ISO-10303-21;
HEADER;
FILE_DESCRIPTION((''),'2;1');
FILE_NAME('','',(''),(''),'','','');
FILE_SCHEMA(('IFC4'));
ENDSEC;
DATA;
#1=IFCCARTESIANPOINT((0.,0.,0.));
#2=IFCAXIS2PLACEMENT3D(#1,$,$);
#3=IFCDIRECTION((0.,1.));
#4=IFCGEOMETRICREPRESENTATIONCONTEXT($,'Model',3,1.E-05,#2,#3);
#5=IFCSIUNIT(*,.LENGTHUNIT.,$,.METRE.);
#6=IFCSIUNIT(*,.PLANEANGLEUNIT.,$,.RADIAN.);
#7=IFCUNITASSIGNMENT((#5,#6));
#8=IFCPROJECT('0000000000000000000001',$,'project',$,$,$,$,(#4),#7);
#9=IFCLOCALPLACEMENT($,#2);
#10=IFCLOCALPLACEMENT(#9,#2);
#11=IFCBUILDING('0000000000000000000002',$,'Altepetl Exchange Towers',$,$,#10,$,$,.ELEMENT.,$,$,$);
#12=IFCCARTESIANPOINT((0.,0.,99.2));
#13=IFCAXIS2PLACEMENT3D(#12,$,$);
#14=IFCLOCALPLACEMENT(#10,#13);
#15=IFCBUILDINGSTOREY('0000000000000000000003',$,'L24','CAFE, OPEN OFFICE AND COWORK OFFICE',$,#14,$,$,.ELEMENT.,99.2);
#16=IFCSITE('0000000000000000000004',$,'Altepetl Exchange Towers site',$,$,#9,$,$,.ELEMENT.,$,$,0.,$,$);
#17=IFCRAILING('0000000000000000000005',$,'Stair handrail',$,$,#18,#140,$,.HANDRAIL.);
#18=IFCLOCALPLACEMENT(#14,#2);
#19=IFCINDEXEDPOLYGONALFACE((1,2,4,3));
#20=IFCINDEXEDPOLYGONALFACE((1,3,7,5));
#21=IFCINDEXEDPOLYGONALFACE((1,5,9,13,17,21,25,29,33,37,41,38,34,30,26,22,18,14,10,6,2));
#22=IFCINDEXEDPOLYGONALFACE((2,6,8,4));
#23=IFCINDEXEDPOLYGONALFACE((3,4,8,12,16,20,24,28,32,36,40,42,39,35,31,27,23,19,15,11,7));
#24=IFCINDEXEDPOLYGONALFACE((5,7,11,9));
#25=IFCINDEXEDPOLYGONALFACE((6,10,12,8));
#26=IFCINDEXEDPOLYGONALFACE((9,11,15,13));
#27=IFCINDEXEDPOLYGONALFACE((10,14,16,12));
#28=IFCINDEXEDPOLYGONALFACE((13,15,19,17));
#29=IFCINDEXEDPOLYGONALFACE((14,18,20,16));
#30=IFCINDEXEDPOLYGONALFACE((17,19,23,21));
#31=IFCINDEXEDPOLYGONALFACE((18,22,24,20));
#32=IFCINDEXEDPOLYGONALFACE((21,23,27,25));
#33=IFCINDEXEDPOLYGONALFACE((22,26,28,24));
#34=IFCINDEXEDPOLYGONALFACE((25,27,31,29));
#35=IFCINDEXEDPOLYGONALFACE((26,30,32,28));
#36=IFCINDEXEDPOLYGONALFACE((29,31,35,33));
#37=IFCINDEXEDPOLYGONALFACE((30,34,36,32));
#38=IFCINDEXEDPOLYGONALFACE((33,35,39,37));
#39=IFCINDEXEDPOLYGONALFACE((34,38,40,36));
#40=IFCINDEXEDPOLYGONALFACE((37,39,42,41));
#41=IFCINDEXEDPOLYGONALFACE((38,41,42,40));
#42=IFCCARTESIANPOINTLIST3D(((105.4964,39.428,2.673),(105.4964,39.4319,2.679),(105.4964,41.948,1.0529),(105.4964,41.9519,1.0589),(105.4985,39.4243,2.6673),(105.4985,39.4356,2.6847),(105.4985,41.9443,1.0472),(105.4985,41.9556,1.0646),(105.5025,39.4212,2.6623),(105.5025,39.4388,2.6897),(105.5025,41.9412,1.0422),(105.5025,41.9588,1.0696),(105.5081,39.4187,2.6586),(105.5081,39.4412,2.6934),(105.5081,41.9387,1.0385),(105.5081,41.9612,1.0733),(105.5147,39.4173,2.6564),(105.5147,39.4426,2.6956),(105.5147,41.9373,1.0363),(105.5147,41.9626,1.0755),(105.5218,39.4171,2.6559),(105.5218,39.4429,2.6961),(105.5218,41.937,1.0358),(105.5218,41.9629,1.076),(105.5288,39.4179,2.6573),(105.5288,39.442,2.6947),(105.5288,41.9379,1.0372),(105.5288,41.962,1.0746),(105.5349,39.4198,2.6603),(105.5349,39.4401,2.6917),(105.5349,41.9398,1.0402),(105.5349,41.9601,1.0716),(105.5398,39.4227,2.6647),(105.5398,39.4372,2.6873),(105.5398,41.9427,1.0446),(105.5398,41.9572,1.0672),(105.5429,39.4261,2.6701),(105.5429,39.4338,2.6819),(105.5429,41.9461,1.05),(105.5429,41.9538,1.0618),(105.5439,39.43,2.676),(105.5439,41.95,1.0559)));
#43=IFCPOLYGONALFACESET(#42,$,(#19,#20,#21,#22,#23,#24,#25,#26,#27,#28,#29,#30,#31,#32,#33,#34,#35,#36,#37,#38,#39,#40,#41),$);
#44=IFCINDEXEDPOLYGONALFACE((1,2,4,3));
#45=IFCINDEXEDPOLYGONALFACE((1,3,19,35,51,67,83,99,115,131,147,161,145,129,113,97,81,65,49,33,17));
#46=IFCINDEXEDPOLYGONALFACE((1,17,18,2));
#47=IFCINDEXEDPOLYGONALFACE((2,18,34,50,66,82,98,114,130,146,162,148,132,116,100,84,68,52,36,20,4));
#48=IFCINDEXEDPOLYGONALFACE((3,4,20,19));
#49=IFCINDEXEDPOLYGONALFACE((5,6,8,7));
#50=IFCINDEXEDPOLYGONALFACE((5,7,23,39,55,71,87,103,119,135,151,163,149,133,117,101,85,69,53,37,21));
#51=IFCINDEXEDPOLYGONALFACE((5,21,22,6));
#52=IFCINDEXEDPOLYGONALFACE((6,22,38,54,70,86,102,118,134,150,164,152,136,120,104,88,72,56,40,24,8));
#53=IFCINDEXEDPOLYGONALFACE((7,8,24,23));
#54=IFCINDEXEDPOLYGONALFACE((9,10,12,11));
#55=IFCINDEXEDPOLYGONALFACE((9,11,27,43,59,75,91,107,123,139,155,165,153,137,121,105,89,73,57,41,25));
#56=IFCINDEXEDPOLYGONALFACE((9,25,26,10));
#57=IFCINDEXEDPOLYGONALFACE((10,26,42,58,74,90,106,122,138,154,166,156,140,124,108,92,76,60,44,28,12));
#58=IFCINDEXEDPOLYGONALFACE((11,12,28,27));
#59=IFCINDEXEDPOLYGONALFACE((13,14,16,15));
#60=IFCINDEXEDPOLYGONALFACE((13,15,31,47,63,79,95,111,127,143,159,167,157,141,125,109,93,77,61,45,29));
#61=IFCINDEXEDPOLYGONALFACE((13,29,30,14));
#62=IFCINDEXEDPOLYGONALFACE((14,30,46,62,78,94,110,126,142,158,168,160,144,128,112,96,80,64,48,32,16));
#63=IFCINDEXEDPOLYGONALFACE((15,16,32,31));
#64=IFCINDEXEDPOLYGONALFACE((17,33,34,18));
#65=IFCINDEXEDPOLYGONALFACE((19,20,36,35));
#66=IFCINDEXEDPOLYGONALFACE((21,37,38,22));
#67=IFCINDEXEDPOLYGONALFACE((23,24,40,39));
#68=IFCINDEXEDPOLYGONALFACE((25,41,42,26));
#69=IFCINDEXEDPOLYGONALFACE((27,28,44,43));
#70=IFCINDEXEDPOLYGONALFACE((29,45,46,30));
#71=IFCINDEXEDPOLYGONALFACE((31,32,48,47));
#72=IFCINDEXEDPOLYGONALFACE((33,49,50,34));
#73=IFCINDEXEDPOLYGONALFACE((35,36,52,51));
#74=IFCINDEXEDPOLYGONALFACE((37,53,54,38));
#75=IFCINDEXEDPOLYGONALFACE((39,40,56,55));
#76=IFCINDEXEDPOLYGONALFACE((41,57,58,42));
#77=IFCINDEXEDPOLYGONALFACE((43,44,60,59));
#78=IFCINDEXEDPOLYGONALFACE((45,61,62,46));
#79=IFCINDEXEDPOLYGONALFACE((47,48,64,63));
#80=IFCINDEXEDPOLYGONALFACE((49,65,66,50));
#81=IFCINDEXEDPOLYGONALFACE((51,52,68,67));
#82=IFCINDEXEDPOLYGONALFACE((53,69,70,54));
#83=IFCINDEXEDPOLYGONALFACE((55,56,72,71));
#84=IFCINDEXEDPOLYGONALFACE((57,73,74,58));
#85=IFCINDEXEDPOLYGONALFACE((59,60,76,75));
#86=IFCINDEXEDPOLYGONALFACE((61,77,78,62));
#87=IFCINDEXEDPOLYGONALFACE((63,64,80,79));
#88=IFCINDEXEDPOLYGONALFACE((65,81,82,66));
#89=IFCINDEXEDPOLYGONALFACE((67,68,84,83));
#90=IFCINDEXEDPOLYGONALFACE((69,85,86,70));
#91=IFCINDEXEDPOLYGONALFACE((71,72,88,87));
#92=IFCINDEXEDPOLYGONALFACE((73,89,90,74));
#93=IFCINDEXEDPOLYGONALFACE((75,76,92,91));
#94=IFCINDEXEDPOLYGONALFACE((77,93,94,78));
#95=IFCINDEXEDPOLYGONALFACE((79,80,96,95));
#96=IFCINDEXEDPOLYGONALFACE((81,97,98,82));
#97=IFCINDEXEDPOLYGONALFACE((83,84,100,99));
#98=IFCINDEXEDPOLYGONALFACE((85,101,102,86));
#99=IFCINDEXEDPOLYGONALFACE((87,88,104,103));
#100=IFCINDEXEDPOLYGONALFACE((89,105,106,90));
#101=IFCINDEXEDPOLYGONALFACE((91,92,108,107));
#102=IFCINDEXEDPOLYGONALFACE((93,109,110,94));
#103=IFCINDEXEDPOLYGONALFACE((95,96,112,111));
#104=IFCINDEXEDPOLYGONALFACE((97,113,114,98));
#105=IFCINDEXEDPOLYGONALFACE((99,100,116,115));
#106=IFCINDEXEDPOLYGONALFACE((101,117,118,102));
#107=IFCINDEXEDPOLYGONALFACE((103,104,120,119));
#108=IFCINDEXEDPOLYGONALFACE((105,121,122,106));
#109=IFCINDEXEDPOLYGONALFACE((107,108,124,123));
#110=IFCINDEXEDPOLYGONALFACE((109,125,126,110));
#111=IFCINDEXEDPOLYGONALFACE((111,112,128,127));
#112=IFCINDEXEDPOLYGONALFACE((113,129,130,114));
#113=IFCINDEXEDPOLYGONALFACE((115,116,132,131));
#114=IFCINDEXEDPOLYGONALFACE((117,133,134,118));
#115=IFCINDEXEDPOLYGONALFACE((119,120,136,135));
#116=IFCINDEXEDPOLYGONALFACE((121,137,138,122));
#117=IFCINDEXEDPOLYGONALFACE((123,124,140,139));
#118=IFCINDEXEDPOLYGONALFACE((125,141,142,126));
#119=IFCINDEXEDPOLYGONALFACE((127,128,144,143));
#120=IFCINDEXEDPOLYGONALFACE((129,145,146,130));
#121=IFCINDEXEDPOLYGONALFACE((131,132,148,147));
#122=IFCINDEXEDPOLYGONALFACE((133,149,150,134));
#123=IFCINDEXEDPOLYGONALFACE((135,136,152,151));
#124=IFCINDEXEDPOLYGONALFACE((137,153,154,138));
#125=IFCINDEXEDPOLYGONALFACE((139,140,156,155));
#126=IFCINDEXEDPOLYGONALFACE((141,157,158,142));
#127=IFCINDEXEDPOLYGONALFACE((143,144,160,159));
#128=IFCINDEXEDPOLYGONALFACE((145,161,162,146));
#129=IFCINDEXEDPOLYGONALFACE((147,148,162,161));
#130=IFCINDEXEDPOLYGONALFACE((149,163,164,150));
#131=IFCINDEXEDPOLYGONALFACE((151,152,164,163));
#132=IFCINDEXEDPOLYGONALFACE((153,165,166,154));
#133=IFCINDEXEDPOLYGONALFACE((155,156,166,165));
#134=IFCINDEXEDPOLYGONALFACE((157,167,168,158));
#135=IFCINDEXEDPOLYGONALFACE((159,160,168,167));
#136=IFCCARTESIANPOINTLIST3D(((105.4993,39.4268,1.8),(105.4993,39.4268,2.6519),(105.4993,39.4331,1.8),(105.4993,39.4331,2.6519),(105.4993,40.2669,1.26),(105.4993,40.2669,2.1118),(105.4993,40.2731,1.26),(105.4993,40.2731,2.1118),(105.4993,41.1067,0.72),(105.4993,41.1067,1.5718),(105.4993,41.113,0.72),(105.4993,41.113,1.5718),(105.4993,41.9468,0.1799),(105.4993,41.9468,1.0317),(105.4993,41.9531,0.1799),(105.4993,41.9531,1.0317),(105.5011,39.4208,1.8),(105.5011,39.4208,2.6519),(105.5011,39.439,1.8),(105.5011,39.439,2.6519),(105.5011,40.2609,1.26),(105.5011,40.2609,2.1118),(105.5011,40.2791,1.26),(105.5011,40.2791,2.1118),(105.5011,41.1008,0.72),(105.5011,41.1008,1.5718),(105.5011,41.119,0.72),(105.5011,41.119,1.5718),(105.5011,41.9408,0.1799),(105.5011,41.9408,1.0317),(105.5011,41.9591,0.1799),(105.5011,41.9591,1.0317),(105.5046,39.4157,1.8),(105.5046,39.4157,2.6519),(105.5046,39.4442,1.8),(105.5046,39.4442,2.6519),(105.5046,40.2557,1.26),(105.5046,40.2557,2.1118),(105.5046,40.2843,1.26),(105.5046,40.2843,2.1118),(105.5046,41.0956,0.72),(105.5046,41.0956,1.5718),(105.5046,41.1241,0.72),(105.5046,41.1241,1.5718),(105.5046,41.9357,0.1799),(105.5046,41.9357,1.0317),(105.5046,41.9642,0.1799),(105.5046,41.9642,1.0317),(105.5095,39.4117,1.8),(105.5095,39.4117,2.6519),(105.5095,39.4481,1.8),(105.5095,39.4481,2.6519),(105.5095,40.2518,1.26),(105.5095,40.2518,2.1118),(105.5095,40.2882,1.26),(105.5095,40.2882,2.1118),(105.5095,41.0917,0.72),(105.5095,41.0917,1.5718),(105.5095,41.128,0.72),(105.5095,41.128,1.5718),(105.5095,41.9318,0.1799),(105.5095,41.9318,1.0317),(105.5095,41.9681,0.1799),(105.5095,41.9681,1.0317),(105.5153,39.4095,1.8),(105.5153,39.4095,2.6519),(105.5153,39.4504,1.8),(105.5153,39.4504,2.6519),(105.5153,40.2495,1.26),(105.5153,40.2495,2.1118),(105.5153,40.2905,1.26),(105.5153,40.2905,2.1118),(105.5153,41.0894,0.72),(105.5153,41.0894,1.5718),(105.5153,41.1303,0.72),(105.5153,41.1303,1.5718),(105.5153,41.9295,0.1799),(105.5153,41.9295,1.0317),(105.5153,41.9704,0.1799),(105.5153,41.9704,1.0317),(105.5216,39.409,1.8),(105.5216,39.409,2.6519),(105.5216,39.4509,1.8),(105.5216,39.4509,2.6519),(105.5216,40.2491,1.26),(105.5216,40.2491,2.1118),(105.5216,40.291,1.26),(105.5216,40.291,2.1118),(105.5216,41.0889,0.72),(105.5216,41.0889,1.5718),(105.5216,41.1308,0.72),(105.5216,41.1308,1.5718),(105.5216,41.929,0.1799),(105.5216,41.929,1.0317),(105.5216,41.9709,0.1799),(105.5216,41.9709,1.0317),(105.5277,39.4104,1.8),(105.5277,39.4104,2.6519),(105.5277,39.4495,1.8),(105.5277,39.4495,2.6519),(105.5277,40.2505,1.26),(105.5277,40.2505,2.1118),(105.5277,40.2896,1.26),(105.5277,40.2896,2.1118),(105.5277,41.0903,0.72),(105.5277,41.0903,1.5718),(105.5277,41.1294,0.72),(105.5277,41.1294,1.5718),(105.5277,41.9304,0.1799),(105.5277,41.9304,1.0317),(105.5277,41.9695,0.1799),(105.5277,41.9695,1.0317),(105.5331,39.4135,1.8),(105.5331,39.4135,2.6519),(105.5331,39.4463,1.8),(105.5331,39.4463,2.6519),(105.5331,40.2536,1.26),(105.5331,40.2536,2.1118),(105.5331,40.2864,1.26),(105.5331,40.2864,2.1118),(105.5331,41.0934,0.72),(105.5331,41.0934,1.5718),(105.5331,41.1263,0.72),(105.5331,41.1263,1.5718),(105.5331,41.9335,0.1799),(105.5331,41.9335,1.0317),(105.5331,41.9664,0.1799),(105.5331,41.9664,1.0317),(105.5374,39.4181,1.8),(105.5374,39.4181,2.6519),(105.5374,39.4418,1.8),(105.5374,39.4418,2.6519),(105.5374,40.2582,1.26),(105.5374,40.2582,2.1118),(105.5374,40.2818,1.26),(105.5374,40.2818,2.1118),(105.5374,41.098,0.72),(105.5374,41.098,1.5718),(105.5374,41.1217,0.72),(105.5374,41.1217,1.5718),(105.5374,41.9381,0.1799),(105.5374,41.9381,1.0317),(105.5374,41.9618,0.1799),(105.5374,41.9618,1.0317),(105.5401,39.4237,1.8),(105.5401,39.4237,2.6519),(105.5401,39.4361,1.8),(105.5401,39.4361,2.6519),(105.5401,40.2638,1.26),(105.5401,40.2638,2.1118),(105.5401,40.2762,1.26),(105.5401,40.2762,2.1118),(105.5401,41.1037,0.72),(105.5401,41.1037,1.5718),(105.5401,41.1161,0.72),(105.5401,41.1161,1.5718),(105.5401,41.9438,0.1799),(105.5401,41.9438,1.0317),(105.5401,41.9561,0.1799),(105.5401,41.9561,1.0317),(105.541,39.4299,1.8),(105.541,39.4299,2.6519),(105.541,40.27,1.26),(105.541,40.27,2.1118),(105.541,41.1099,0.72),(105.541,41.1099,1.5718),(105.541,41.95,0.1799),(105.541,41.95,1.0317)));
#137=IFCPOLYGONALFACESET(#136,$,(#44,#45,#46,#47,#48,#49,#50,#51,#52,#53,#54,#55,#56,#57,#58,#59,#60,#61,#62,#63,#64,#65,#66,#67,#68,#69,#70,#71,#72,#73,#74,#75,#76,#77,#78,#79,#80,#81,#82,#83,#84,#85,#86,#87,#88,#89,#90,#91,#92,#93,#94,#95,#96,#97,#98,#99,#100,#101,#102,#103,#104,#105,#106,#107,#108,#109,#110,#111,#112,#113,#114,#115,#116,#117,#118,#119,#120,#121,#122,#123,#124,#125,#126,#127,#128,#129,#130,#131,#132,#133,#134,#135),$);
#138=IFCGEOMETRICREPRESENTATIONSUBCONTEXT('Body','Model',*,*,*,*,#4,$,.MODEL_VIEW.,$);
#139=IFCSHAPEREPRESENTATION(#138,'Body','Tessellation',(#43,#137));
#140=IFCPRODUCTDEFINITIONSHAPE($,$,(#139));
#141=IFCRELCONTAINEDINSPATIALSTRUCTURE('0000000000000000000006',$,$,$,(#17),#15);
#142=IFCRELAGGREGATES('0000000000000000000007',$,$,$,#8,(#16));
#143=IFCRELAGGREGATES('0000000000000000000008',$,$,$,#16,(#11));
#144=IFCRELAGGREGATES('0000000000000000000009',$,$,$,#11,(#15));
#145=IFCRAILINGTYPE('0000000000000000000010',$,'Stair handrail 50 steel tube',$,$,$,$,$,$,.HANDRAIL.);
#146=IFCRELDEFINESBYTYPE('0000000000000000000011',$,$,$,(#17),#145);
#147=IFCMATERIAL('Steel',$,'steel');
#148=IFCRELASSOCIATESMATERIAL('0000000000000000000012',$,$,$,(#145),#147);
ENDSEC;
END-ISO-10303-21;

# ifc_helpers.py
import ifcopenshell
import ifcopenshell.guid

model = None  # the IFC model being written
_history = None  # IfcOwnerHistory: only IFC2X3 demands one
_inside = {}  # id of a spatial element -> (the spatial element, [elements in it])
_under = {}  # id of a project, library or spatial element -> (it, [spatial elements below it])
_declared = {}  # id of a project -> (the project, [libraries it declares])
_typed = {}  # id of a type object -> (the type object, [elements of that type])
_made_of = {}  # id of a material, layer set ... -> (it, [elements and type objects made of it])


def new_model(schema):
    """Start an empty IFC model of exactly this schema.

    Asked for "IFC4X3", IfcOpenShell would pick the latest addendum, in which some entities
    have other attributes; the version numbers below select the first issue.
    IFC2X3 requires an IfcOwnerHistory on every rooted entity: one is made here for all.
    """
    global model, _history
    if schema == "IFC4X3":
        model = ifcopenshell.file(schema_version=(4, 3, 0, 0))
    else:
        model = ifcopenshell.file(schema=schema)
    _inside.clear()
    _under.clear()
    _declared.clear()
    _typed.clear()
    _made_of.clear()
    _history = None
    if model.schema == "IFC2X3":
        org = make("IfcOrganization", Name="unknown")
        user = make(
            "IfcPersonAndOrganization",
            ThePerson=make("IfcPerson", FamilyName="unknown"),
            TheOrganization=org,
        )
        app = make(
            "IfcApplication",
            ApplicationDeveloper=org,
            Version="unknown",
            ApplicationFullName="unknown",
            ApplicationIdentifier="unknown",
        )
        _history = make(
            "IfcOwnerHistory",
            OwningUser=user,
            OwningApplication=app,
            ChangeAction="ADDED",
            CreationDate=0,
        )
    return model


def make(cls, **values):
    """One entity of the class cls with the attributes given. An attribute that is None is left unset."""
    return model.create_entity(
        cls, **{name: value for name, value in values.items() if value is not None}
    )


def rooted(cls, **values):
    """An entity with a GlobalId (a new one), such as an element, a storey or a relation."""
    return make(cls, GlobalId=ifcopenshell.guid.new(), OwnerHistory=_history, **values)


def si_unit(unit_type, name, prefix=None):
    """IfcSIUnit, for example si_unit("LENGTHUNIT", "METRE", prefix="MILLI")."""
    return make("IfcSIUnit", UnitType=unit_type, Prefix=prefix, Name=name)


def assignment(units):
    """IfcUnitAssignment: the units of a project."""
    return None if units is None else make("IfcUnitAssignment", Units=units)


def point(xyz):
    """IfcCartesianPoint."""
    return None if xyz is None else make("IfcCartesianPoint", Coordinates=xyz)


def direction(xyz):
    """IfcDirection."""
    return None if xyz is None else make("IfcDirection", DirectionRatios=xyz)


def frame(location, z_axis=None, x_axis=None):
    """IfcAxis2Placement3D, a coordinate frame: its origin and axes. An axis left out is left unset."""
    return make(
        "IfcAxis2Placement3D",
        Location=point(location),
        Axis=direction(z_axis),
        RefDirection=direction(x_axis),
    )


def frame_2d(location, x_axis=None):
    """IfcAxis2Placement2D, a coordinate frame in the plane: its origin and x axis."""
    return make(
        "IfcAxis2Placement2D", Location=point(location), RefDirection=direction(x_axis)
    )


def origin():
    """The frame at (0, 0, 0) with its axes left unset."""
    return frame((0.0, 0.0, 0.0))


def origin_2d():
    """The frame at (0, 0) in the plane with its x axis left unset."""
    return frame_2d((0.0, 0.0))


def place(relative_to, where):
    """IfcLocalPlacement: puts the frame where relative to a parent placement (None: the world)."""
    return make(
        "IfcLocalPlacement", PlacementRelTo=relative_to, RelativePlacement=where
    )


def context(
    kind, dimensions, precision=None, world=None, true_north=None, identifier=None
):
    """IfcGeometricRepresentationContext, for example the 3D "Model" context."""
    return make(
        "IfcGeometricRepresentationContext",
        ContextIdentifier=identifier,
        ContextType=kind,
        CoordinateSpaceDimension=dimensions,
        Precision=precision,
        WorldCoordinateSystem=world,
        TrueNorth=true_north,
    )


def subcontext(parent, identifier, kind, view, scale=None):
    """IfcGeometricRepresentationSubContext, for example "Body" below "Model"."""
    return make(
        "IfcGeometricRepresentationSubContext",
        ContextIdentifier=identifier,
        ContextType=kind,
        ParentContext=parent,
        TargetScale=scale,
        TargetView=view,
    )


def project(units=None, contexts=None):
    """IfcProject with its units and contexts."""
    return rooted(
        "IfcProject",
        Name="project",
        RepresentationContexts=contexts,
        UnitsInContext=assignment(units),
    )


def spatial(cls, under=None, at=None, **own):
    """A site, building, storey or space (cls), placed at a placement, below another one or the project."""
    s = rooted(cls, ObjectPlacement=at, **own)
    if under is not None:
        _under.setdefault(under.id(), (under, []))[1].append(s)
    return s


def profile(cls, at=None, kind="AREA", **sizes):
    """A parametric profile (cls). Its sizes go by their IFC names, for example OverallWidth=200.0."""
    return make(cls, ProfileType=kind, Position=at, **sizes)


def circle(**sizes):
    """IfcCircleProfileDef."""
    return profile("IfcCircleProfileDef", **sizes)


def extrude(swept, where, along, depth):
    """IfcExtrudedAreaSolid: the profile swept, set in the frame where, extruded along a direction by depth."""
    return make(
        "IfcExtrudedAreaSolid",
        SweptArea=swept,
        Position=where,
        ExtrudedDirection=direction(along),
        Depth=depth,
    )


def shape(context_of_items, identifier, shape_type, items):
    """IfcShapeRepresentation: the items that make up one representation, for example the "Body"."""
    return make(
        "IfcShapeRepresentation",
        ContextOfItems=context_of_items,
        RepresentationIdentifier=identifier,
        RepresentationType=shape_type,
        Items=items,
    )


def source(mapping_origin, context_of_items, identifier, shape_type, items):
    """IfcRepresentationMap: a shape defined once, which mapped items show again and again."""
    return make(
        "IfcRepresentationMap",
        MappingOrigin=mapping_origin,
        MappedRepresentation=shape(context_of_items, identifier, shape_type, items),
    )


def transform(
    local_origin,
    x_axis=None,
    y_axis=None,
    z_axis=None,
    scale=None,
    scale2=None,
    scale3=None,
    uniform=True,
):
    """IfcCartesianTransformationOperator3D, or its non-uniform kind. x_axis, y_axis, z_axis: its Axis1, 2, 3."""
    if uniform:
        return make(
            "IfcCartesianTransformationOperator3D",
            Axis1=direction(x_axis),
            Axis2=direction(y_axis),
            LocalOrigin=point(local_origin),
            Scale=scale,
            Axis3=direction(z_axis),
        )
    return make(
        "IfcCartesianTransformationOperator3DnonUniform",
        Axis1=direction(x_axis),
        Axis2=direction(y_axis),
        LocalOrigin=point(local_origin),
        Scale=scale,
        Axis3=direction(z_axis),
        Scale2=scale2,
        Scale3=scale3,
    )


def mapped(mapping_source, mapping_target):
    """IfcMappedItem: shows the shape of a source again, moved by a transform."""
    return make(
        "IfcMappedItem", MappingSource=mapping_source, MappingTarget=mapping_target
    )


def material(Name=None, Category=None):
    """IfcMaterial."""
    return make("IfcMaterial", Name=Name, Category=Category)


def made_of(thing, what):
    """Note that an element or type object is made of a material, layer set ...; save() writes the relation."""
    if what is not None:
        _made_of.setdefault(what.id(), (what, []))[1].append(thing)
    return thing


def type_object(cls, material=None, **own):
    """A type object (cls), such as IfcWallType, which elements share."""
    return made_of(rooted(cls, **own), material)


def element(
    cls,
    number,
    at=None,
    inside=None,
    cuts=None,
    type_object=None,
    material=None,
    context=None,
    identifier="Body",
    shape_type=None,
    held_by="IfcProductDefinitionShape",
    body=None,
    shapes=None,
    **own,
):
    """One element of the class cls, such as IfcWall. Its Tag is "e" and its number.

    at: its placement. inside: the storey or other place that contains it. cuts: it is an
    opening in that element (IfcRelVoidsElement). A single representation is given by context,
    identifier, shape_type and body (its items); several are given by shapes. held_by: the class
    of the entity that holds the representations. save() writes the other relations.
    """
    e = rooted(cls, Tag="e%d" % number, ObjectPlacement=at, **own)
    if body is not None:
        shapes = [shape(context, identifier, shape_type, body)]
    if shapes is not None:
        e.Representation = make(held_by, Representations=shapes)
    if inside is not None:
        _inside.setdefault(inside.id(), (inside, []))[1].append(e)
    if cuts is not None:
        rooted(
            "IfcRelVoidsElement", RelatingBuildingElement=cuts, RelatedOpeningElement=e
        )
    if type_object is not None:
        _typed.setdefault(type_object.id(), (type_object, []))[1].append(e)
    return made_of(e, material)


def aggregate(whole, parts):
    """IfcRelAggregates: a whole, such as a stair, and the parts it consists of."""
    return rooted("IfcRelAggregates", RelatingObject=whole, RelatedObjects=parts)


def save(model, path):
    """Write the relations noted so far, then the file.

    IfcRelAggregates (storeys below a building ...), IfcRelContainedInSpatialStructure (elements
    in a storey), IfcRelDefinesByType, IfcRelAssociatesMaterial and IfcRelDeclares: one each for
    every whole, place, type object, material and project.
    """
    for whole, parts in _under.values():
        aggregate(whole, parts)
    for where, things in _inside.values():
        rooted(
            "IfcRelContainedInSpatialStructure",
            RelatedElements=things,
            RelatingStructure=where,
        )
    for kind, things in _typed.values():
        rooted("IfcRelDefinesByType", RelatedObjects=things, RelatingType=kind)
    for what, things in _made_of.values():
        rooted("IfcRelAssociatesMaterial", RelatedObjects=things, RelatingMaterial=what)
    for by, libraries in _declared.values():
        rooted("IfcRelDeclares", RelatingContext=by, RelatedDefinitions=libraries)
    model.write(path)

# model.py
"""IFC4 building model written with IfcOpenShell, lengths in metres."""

from ifc_helpers import new_model, si_unit, direction, frame, origin, origin_2d, place, context, subcontext, project, spatial, circle, extrude, source, transform, mapped, material, type_object, element, save


model = new_model("IFC4")

# Units and contexts
model_context = context("Model", 3, precision=1e-05, world=origin(), true_north=direction((0.0, 1.0)))
body_context = subcontext(model_context, "Body", "Model", "MODEL_VIEW")
ifc_project = project(units=[si_unit("LENGTHUNIT", "METRE"), si_unit("PLANEANGLEUNIT", "RADIAN")], contexts=[model_context])

# Site, building, storey
site_placement = place(None, origin())
site = spatial("IfcSite", under=ifc_project, at=site_placement, Name="Altepetl Exchange Towers site", CompositionType="ELEMENT", RefElevation=0.0)
building_placement = place(site_placement, origin())
building = spatial("IfcBuilding", under=site, at=building_placement, Name="Altepetl Exchange Towers", CompositionType="ELEMENT")
storey_placement = place(building_placement, frame((0.0, 0.0, 99.2)))
storey = spatial("IfcBuildingStorey", under=building, at=storey_placement, Name="L24", Description="CAFE, OPEN OFFICE AND COWORK OFFICE", CompositionType="ELEMENT", Elevation=99.2)

# Railing
ifc_material_1 = material(Name="Steel", Category="steel")
railing_type = type_object("IfcRailingType", Name="Stair handrail 50 steel tube", PredefinedType="HANDRAIL", material=ifc_material_1)
shared_shape = source(origin(), body_context, "Body", "SweptSolid", [
    extrude(circle(Radius=0.021, at=origin_2d()), origin(), (0.0, 0.0, 1.0), 0.8518),
])
railing_1_placement = place(storey_placement, frame((105.52, 41.95, 0.1799)))
element("IfcRailing", 1, at=railing_1_placement, inside=storey, type_object=railing_type, Name="Stair handrail", PredefinedType="HANDRAIL", context=body_context, shape_type="SweptSolid", body=[
    extrude(circle(Radius=0.0239, at=origin_2d()), frame((0.0, 0.0, 0.876), z_axis=(0.0, -0.841163, 0.540782), x_axis=(1.0, 0.0, 0.0)), (0.0, 0.0, 1.0), 2.9958),
    mapped(shared_shape, transform((0.0, 0.0, 0.0))),
    mapped(shared_shape, transform((0.0, -0.8401, 0.54))),
    mapped(shared_shape, transform((0.0, -1.6799, 1.0801))),
    mapped(shared_shape, transform((0.0, -2.52, 1.6201))),
])

save(model, "model.ifc")
